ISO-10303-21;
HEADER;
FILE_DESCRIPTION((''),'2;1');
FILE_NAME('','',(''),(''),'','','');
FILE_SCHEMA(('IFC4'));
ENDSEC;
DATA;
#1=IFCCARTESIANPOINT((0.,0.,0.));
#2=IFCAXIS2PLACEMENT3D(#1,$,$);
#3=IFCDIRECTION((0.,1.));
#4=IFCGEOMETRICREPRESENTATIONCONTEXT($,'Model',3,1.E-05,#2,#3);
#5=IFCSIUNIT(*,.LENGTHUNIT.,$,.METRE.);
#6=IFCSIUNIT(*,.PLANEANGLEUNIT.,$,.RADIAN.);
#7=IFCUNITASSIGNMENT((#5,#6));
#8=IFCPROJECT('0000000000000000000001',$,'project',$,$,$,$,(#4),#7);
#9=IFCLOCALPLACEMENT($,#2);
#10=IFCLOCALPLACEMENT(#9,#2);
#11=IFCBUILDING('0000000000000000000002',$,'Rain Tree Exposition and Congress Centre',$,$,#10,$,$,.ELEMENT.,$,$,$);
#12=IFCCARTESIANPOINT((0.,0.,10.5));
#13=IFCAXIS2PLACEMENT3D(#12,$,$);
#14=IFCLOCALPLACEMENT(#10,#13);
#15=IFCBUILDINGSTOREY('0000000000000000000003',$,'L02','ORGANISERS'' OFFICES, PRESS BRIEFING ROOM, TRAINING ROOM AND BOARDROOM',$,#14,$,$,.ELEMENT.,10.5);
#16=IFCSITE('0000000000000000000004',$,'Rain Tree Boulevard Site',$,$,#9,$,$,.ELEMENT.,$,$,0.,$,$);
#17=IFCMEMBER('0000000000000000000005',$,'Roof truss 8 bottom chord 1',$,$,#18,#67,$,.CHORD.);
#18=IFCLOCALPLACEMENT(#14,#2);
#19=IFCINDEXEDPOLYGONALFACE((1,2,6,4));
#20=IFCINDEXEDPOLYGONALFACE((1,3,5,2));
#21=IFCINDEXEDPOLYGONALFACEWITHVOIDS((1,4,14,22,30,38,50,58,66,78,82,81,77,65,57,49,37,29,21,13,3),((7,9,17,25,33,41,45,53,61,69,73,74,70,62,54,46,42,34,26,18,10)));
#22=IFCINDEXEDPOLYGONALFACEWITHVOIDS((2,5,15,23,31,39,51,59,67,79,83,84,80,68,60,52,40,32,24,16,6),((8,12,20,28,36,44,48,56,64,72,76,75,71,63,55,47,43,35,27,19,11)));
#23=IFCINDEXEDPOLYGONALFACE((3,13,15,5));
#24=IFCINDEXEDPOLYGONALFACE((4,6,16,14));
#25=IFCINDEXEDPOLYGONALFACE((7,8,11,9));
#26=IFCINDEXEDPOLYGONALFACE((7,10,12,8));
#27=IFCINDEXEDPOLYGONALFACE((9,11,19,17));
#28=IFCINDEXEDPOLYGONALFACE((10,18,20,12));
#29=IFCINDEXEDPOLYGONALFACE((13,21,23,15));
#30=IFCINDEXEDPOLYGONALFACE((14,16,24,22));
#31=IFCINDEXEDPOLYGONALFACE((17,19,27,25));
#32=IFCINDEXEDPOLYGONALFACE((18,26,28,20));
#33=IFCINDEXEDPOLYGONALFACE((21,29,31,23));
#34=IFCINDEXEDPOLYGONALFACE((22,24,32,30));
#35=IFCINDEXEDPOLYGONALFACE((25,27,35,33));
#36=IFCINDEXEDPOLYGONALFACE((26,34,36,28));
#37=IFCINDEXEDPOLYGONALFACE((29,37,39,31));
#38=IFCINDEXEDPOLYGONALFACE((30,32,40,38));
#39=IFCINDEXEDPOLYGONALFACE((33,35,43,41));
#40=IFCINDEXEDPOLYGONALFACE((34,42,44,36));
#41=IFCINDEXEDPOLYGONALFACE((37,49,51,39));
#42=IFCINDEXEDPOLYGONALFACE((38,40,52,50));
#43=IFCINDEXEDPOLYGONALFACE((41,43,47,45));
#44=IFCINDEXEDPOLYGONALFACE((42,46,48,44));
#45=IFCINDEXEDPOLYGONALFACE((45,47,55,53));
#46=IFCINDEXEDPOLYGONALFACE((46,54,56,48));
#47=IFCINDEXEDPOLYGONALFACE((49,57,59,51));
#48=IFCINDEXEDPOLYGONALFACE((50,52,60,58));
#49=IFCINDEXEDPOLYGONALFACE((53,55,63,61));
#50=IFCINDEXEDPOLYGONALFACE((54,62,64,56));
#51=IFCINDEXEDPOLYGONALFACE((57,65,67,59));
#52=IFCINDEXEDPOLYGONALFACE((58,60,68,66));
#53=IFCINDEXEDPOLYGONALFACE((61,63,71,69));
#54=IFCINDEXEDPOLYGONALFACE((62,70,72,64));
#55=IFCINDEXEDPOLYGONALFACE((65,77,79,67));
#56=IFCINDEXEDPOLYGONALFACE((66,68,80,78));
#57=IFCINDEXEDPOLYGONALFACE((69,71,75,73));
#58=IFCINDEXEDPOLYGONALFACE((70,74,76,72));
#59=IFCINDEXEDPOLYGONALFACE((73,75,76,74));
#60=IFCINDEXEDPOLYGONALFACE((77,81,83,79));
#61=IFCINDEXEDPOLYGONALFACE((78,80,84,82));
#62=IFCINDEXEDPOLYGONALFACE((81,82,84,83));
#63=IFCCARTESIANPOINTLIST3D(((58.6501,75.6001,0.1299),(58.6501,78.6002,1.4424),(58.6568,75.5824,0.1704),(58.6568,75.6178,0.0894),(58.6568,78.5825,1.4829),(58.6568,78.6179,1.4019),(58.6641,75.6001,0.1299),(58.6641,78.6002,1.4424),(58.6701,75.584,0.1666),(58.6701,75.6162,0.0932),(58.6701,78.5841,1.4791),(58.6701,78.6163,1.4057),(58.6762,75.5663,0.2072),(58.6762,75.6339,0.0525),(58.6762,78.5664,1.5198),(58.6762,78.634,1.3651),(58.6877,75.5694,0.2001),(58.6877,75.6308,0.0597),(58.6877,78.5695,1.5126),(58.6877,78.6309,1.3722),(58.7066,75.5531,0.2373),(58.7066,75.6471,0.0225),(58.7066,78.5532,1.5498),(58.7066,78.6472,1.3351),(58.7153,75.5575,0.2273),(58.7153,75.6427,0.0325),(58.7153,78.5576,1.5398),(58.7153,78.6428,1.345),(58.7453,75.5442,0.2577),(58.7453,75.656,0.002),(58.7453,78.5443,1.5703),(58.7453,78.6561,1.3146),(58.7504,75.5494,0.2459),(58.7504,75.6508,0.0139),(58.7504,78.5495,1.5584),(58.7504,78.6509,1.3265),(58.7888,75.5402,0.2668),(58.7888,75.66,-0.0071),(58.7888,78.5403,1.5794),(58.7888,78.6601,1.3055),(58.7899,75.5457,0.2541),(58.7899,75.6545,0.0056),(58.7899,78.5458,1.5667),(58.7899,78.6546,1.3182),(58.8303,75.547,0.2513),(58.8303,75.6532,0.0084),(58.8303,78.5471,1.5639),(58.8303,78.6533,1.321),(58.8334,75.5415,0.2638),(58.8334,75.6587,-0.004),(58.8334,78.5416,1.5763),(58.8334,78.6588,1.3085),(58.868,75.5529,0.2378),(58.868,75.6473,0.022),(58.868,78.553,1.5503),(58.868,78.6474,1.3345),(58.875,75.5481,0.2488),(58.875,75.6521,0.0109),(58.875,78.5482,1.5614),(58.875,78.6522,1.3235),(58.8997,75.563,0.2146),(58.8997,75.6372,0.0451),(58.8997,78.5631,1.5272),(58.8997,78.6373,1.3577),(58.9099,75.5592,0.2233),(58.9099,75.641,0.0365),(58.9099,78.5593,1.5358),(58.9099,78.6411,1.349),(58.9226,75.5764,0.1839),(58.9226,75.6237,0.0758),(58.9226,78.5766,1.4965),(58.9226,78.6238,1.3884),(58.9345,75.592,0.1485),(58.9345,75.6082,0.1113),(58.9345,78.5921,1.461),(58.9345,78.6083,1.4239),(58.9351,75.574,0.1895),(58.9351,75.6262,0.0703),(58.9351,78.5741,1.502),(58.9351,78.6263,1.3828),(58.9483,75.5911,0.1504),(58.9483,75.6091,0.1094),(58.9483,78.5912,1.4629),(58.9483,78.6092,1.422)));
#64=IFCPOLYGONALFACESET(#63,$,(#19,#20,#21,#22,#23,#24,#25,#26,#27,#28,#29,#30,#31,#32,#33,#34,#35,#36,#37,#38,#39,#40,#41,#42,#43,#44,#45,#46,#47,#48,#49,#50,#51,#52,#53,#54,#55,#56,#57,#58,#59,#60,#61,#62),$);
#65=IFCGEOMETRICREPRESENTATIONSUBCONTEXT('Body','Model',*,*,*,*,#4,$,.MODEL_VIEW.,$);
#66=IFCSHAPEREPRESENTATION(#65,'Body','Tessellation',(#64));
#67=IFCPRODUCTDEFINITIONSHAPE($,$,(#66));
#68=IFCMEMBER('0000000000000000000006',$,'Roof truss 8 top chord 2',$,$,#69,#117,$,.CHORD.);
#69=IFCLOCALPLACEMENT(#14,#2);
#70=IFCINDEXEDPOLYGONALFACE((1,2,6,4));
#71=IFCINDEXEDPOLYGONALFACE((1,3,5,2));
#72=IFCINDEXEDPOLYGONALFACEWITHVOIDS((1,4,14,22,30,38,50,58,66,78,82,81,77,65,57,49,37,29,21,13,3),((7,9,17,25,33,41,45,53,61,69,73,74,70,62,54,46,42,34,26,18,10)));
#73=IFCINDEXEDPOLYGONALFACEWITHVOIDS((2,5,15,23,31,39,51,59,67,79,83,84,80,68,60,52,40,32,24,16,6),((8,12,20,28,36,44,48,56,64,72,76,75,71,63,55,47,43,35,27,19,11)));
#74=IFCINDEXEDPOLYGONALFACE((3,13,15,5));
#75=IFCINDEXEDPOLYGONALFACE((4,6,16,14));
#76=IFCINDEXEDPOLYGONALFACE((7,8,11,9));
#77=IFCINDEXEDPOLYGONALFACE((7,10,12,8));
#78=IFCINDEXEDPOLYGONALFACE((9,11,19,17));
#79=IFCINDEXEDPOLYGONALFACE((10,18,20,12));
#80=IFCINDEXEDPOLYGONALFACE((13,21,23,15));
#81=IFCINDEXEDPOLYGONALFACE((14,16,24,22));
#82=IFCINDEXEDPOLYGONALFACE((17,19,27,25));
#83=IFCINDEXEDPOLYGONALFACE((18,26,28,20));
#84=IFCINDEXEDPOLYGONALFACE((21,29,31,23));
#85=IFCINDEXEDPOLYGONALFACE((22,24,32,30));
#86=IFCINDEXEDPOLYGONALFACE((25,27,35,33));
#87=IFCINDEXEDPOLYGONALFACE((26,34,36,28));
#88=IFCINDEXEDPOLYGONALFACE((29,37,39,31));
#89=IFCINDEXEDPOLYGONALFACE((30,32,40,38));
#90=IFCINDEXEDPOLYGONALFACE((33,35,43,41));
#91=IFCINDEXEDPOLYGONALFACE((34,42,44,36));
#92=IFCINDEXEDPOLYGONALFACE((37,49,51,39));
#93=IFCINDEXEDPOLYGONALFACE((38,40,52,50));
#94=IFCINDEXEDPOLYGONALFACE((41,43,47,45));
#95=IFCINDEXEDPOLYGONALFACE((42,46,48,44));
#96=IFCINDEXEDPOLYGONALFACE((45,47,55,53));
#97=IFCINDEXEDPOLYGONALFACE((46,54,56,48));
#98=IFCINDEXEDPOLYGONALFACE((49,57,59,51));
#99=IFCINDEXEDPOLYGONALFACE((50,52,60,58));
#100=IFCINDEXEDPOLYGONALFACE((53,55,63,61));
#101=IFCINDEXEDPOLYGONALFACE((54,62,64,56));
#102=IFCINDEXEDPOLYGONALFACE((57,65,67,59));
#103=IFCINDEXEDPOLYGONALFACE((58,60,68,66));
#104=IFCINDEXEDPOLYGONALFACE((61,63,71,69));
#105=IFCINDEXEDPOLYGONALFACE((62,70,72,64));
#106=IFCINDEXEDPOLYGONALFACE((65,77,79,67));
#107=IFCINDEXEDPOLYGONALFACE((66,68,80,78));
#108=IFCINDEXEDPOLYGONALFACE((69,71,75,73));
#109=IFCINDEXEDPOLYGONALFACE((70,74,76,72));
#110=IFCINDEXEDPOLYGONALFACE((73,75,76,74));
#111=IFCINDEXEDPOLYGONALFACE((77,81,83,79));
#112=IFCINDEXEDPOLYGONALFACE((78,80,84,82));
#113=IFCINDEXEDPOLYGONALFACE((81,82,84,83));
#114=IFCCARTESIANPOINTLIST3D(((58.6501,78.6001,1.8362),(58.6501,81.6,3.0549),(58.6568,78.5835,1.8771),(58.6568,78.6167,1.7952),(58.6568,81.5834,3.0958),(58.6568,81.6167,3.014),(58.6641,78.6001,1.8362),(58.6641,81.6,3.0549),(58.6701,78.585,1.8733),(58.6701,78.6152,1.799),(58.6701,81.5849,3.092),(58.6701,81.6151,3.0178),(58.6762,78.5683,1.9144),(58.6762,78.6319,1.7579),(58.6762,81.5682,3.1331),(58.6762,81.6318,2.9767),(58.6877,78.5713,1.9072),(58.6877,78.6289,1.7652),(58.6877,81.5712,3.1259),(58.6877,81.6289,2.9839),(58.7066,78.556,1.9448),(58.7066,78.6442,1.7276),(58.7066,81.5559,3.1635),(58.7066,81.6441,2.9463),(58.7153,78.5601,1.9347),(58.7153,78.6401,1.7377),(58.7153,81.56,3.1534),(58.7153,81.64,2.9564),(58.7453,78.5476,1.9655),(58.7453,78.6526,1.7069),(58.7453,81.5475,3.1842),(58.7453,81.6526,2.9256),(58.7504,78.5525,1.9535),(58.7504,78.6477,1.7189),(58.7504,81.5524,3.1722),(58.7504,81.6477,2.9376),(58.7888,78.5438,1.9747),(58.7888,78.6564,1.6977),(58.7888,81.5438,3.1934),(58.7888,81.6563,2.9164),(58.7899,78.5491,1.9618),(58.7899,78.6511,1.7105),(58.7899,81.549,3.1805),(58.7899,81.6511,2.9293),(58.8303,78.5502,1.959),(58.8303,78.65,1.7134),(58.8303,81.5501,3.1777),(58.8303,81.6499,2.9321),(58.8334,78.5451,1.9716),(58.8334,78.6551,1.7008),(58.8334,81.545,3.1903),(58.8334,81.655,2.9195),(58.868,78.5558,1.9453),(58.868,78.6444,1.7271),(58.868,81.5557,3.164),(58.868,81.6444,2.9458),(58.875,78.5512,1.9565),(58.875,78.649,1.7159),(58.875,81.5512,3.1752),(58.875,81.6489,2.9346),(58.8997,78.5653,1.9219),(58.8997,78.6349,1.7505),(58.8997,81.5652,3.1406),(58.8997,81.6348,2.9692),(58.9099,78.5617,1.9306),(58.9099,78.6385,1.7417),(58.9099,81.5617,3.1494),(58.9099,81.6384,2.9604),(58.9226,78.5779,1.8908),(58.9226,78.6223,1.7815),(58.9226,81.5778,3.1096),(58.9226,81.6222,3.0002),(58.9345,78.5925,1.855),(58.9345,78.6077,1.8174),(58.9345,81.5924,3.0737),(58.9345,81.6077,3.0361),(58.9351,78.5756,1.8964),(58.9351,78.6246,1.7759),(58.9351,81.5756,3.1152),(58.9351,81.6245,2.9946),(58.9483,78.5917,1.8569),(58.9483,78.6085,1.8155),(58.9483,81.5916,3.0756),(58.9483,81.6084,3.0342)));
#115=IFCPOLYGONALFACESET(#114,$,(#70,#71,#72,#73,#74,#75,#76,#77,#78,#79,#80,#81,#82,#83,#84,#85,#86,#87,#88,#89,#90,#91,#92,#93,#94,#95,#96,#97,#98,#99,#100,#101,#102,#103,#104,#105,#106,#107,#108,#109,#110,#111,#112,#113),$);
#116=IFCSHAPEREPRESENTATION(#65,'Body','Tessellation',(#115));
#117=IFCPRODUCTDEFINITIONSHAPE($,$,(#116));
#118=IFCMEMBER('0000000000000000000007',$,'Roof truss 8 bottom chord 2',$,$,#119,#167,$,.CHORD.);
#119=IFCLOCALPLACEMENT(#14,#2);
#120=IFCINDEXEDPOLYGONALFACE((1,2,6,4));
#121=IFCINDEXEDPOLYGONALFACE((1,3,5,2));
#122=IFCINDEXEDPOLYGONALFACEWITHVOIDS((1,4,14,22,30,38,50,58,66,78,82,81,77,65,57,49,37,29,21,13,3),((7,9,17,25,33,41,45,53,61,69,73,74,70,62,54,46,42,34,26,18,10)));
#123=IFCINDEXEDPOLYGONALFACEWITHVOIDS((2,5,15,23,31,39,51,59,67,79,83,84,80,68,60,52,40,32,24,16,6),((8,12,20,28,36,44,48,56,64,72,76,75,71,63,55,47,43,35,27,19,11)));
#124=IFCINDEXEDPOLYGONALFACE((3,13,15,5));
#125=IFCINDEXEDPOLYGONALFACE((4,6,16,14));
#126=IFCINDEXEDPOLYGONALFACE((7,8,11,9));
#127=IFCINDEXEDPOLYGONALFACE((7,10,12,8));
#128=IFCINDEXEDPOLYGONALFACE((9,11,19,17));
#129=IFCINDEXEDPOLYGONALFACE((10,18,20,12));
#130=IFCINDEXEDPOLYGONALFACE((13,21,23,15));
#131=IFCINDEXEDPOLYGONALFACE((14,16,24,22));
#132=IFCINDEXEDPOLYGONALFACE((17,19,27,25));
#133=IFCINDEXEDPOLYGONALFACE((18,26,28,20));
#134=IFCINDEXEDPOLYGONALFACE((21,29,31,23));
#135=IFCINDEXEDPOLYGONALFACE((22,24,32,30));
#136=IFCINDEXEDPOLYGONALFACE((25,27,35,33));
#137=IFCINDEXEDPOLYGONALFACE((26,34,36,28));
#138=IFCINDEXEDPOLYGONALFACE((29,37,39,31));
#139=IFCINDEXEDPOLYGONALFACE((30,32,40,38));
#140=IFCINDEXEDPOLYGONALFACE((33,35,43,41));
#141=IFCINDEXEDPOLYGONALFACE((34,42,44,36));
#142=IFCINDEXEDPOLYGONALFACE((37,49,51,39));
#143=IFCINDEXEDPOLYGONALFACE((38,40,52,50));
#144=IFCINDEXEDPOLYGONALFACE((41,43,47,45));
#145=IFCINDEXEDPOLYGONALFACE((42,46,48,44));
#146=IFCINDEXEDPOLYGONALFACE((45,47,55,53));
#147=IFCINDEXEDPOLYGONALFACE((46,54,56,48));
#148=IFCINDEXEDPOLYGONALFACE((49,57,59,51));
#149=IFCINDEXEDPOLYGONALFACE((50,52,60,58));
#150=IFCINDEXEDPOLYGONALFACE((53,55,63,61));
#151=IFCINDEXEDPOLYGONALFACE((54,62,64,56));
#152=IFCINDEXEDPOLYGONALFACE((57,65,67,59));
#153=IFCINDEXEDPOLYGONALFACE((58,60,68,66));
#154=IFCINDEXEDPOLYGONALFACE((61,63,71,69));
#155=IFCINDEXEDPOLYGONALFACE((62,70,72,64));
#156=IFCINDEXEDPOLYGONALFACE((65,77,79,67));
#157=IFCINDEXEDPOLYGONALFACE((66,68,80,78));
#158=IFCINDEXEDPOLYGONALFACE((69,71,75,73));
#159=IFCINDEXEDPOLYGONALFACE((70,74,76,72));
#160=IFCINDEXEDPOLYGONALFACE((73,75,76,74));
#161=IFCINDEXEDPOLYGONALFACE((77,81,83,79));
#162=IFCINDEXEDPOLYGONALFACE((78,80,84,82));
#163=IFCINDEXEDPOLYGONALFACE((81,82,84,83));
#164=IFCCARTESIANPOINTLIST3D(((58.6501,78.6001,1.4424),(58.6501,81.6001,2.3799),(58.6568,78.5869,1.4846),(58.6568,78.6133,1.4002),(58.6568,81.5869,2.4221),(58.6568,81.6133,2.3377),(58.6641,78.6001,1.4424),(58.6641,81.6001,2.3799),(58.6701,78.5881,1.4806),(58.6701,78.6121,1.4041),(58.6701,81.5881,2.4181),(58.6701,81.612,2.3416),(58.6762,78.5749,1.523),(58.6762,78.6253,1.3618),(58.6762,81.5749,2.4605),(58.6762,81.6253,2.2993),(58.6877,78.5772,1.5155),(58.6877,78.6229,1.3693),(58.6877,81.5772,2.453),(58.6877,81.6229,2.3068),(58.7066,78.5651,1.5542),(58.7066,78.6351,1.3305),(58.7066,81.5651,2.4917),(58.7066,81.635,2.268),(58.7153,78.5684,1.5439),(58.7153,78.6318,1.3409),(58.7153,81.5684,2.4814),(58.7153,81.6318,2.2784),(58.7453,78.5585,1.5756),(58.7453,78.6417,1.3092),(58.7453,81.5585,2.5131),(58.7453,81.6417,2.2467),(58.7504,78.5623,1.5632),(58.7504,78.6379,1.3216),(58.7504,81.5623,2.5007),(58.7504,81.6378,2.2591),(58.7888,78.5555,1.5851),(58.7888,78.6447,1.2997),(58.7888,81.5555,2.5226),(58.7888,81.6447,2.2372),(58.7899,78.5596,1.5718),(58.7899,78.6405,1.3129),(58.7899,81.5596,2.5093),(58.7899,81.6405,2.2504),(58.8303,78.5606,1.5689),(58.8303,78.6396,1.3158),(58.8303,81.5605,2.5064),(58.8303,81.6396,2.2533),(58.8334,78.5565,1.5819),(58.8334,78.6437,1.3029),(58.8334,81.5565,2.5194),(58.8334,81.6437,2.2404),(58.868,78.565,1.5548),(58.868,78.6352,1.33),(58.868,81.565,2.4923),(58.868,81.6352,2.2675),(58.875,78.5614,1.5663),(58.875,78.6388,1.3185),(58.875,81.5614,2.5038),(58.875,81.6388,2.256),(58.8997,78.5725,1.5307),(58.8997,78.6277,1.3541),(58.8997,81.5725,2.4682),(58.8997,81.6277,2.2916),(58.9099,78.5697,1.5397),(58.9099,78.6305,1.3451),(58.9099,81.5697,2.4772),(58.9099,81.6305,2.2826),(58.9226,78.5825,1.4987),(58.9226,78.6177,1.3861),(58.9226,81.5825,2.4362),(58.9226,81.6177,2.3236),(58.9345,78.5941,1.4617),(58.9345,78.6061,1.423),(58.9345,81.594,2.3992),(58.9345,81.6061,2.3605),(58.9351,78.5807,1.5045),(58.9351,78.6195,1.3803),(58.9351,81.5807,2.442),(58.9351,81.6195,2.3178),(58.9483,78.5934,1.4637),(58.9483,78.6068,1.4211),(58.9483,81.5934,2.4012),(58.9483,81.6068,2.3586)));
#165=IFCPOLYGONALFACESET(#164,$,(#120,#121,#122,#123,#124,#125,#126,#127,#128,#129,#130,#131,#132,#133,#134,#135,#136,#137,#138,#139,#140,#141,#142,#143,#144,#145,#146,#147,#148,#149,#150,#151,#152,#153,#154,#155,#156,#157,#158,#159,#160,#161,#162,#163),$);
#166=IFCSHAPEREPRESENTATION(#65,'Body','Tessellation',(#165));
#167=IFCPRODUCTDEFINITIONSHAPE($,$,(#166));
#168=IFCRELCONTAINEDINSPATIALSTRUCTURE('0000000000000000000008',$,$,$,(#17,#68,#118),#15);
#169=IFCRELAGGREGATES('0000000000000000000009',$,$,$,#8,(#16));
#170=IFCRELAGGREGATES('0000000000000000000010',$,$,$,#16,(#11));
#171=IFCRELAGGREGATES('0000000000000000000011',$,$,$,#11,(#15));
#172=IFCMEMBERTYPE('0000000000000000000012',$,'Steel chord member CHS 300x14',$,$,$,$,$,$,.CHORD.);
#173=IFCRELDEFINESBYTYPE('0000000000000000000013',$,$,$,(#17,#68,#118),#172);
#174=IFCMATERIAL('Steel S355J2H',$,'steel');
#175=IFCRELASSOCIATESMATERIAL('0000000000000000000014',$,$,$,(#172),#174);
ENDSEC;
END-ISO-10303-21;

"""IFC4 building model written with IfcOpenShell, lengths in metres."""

from ifc_helpers import new_model, si_unit, direction, frame, origin, origin_2d, place, context, subcontext, project, spatial, hollow_circle, extrude, material, material_profile, profile_set, type_object, element, save


model = new_model("IFC4")

# Units and contexts
model_context = context("Model", 3, precision=1e-05, world=origin(), true_north=direction((0.0, 1.0)))
body_context = subcontext(model_context, "Body", "Model", "MODEL_VIEW")
ifc_project = project(units=[si_unit("LENGTHUNIT", "METRE"), si_unit("PLANEANGLEUNIT", "RADIAN")], contexts=[model_context])

# Site, building, storey
site_placement = place(None, origin())
site = spatial("IfcSite", under=ifc_project, at=site_placement, Name="Rain Tree Boulevard Site", CompositionType="ELEMENT", RefElevation=0.0)
building_placement = place(site_placement, origin())
building = spatial("IfcBuilding", under=site, at=building_placement, Name="Rain Tree Exposition and Congress Centre", CompositionType="ELEMENT")
storey_placement = place(building_placement, frame((0.0, 0.0, 10.5)))
storey = spatial("IfcBuildingStorey", under=building, at=storey_placement, Name="L02", Description="ORGANISERS' OFFICES, PRESS BRIEFING ROOM, TRAINING ROOM AND BOARDROOM", CompositionType="ELEMENT", Elevation=10.5)

# Members
ifc_material_1 = material(Name="Steel S355J2H", Category="steel")
ifc_material_profile_1 = material_profile(ifc_material_1, hollow_circle(Radius=0.1499, WallThickness=0.0139, at=origin_2d()), Name="CHS 300x14")
ifc_profile_set_1 = profile_set([ifc_material_profile_1], Name="Steel S355J2H")
member_type_1 = type_object("IfcMemberType", Name="Steel chord member CHS 300x14", PredefinedType="CHORD", material=ifc_profile_set_1)
member_1_placement = place(storey_placement, frame((58.8, 75.6001, 0.1299), z_axis=(0.0, 0.916157, 0.400819), x_axis=(-1.0, 0.0, 0.0)))
element("IfcMember", 1, at=member_1_placement, inside=storey, type_object=member_type_1, Name="Roof truss 8 bottom chord 1", PredefinedType="CHORD", context=body_context, shape_type="SweptSolid", body=[
    extrude(hollow_circle(Radius=0.1499, WallThickness=0.0139, at=origin_2d()), origin(), (0.0, 0.0, 1.0), 3.2747),
])
member_2_placement = place(storey_placement, frame((58.8, 78.6001, 1.8362), z_axis=(0.0, 0.926467, 0.376377), x_axis=(-1.0, 0.0, 0.0)))
element("IfcMember", 2, at=member_2_placement, inside=storey, type_object=member_type_1, Name="Roof truss 8 top chord 2", PredefinedType="CHORD", context=body_context, shape_type="SweptSolid", body=[
    extrude(hollow_circle(Radius=0.1499, WallThickness=0.0139, at=origin_2d()), origin(), (0.0, 0.0, 1.0), 3.238),
])
member_3_placement = place(storey_placement, frame((58.8, 78.6001, 1.4424), z_axis=(0.0, 0.95448, 0.298275), x_axis=(-1.0, 0.0, 0.0)))
element("IfcMember", 3, at=member_3_placement, inside=storey, type_object=member_type_1, Name="Roof truss 8 bottom chord 2", PredefinedType="CHORD", context=body_context, shape_type="SweptSolid", body=[
    extrude(hollow_circle(Radius=0.1499, WallThickness=0.0139, at=origin_2d()), origin(), (0.0, 0.0, 1.0), 3.1431),
])

save(model, "model.ifc")
